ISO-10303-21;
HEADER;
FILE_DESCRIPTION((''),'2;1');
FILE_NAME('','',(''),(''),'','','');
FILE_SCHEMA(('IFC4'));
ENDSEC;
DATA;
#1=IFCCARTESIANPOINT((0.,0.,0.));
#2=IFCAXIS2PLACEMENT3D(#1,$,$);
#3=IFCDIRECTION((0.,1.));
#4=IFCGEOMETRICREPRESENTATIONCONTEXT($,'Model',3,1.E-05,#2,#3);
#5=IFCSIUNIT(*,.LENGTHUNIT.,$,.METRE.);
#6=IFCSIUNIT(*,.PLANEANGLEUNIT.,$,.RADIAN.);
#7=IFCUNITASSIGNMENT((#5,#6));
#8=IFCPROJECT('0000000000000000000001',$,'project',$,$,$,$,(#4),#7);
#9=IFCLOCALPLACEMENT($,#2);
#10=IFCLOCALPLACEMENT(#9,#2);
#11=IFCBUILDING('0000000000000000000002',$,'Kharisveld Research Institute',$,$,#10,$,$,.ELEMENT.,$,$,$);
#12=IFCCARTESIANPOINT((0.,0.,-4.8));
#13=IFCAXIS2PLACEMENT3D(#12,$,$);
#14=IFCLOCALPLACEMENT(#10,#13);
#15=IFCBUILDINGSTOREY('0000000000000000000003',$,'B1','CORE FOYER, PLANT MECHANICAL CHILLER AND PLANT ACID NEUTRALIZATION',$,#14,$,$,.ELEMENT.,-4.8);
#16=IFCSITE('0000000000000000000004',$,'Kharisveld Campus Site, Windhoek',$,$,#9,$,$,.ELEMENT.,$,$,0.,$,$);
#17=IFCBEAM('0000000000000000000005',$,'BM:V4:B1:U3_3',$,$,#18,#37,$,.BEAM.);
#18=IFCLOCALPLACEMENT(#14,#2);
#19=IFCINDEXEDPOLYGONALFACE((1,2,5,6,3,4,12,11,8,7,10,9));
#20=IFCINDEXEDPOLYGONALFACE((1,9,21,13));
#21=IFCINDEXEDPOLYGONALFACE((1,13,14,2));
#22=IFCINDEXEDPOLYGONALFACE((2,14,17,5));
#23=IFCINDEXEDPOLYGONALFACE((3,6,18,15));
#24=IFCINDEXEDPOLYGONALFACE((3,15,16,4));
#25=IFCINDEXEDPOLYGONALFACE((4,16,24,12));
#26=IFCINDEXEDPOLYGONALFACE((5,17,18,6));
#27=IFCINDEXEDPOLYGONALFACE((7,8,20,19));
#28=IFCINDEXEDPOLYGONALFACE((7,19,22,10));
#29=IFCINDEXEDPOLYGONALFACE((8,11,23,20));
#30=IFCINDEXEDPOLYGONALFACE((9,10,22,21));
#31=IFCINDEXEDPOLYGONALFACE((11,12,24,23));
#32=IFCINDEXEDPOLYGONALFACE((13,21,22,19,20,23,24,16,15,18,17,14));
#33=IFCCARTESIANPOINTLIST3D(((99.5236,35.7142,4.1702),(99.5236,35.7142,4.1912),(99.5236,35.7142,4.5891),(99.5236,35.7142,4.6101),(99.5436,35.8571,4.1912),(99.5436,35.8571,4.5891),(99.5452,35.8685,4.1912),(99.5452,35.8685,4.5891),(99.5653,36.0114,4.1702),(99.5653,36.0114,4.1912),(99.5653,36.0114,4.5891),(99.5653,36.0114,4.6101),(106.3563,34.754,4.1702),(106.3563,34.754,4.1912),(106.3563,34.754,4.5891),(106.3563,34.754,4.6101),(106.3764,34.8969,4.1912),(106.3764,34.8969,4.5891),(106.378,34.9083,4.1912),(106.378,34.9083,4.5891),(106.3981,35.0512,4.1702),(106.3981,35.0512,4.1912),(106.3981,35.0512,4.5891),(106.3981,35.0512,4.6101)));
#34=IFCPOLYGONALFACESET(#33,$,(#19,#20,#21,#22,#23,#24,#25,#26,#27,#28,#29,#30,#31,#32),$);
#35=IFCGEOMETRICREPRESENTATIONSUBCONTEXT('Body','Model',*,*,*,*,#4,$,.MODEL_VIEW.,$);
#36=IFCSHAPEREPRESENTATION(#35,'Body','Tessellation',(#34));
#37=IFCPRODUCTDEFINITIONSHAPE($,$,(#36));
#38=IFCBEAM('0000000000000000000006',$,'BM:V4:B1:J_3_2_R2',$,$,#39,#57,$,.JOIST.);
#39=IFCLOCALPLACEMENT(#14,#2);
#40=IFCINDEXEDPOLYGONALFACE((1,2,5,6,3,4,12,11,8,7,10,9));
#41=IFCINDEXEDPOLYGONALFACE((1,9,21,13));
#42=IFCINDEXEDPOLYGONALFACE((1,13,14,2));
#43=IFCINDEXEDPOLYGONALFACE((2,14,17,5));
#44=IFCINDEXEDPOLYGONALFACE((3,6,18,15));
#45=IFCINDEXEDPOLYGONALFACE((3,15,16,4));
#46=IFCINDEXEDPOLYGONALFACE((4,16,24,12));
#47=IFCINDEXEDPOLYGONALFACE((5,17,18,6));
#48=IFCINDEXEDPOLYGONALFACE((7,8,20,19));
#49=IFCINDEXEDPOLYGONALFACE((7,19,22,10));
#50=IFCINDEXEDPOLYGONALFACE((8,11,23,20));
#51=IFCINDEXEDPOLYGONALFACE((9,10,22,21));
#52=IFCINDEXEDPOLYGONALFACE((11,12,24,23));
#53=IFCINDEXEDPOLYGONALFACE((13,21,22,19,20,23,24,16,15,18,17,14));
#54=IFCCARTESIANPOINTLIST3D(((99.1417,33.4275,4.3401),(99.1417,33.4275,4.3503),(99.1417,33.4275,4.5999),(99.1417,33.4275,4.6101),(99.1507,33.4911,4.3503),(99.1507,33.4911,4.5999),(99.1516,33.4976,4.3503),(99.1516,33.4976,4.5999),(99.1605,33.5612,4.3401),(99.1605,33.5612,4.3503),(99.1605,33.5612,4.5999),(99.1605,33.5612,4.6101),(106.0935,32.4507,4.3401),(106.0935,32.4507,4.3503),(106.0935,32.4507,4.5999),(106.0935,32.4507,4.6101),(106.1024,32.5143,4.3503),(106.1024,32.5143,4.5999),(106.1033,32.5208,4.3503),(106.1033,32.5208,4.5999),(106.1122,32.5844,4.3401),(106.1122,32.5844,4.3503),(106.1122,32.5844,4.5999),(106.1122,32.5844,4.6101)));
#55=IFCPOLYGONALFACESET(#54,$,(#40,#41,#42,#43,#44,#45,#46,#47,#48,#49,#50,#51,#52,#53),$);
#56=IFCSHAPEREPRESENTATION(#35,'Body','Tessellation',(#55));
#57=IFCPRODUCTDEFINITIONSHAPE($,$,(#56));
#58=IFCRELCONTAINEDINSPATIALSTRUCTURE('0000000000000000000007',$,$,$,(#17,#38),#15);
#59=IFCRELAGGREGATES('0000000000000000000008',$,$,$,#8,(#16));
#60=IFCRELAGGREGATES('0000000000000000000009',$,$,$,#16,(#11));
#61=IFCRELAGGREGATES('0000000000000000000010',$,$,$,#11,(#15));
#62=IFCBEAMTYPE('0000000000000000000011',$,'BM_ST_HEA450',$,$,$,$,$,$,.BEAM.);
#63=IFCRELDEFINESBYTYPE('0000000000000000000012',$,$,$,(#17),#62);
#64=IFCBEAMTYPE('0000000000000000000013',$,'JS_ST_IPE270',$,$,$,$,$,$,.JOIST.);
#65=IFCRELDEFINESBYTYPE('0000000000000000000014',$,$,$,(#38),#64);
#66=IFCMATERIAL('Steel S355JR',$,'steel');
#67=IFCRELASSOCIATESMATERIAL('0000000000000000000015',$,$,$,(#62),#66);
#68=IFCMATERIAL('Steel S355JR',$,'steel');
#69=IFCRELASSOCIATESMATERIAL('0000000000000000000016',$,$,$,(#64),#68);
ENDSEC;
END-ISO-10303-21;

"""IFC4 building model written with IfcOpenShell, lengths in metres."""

from ifc_helpers import new_model, si_unit, direction, frame, origin, origin_2d, place, context, subcontext, project, spatial, i_section, extrude, material, material_profile, profile_set, type_object, element, save


model = new_model("IFC4")

# Units and contexts
model_context = context("Model", 3, precision=1e-05, world=origin(), true_north=direction((0.0, 1.0)))
body_context = subcontext(model_context, "Body", "Model", "MODEL_VIEW")
ifc_project = project(units=[si_unit("LENGTHUNIT", "METRE"), si_unit("PLANEANGLEUNIT", "RADIAN")], contexts=[model_context])

# Site, building, storey
site_placement = place(None, origin())
site = spatial("IfcSite", under=ifc_project, at=site_placement, Name="Kharisveld Campus Site, Windhoek", CompositionType="ELEMENT", RefElevation=0.0)
building_placement = place(site_placement, origin())
building = spatial("IfcBuilding", under=site, at=building_placement, Name="Kharisveld Research Institute", CompositionType="ELEMENT")
storey_placement = place(building_placement, frame((0.0, 0.0, -4.8)))
storey = spatial("IfcBuildingStorey", under=building, at=storey_placement, Name="B1", Description="CORE FOYER, PLANT MECHANICAL CHILLER AND PLANT ACID NEUTRALIZATION", CompositionType="ELEMENT", Elevation=-4.8)

# Beams
ifc_material_1 = material(Name="Steel S355JR", Category="steel")
ifc_material_profile_1 = material_profile(ifc_material_1, i_section(OverallWidth=0.3, OverallDepth=0.4399, WebThickness=0.0115, FlangeThickness=0.021, at=origin_2d()))
ifc_profile_set_1 = profile_set([ifc_material_profile_1], Name="Steel S355JR")
beam_type_1 = type_object("IfcBeamType", Name="BM_ST_HEA450", PredefinedType="BEAM", material=ifc_profile_set_1)
beam_1_placement = place(storey_placement, frame((99.5444, 35.8628, 4.3901), z_axis=(0.99027, -0.139162, 0.0), x_axis=(0.139162, 0.99027, 0.0)))
element("IfcBeam", 1, at=beam_1_placement, inside=storey, type_object=beam_type_1, Name="BM:V4:B1:U3_3", PredefinedType="BEAM", context=body_context, shape_type="SweptSolid", body=[
    extrude(i_section(OverallWidth=0.3, OverallDepth=0.4399, WebThickness=0.0115, FlangeThickness=0.021, at=origin_2d()), origin(), (0.0, 0.0, 1.0), 6.8999),
])
ifc_material_2 = material(Name="Steel S355JR", Category="steel")
ifc_material_profile_2 = material_profile(ifc_material_2, i_section(OverallWidth=0.135, OverallDepth=0.27, WebThickness=0.0066, FlangeThickness=0.0103, at=origin_2d()))
ifc_profile_set_2 = profile_set([ifc_material_profile_2], Name="Steel S355JR")
beam_type_2 = type_object("IfcBeamType", Name="JS_ST_IPE270", PredefinedType="JOIST", material=ifc_profile_set_2)
beam_2_placement = place(storey_placement, frame((99.1511, 33.4944, 4.4751), z_axis=(0.990272, -0.139147, 0.0), x_axis=(0.139147, 0.990272, 0.0)))
element("IfcBeam", 2, at=beam_2_placement, inside=storey, type_object=beam_type_2, Name="BM:V4:B1:J_3_2_R2", PredefinedType="JOIST", context=body_context, shape_type="SweptSolid", body=[
    extrude(i_section(OverallWidth=0.135, OverallDepth=0.27, WebThickness=0.0066, FlangeThickness=0.0103, at=origin_2d()), origin(), (0.0, 0.0, 1.0), 7.02),
])

save(model, "model.ifc")
